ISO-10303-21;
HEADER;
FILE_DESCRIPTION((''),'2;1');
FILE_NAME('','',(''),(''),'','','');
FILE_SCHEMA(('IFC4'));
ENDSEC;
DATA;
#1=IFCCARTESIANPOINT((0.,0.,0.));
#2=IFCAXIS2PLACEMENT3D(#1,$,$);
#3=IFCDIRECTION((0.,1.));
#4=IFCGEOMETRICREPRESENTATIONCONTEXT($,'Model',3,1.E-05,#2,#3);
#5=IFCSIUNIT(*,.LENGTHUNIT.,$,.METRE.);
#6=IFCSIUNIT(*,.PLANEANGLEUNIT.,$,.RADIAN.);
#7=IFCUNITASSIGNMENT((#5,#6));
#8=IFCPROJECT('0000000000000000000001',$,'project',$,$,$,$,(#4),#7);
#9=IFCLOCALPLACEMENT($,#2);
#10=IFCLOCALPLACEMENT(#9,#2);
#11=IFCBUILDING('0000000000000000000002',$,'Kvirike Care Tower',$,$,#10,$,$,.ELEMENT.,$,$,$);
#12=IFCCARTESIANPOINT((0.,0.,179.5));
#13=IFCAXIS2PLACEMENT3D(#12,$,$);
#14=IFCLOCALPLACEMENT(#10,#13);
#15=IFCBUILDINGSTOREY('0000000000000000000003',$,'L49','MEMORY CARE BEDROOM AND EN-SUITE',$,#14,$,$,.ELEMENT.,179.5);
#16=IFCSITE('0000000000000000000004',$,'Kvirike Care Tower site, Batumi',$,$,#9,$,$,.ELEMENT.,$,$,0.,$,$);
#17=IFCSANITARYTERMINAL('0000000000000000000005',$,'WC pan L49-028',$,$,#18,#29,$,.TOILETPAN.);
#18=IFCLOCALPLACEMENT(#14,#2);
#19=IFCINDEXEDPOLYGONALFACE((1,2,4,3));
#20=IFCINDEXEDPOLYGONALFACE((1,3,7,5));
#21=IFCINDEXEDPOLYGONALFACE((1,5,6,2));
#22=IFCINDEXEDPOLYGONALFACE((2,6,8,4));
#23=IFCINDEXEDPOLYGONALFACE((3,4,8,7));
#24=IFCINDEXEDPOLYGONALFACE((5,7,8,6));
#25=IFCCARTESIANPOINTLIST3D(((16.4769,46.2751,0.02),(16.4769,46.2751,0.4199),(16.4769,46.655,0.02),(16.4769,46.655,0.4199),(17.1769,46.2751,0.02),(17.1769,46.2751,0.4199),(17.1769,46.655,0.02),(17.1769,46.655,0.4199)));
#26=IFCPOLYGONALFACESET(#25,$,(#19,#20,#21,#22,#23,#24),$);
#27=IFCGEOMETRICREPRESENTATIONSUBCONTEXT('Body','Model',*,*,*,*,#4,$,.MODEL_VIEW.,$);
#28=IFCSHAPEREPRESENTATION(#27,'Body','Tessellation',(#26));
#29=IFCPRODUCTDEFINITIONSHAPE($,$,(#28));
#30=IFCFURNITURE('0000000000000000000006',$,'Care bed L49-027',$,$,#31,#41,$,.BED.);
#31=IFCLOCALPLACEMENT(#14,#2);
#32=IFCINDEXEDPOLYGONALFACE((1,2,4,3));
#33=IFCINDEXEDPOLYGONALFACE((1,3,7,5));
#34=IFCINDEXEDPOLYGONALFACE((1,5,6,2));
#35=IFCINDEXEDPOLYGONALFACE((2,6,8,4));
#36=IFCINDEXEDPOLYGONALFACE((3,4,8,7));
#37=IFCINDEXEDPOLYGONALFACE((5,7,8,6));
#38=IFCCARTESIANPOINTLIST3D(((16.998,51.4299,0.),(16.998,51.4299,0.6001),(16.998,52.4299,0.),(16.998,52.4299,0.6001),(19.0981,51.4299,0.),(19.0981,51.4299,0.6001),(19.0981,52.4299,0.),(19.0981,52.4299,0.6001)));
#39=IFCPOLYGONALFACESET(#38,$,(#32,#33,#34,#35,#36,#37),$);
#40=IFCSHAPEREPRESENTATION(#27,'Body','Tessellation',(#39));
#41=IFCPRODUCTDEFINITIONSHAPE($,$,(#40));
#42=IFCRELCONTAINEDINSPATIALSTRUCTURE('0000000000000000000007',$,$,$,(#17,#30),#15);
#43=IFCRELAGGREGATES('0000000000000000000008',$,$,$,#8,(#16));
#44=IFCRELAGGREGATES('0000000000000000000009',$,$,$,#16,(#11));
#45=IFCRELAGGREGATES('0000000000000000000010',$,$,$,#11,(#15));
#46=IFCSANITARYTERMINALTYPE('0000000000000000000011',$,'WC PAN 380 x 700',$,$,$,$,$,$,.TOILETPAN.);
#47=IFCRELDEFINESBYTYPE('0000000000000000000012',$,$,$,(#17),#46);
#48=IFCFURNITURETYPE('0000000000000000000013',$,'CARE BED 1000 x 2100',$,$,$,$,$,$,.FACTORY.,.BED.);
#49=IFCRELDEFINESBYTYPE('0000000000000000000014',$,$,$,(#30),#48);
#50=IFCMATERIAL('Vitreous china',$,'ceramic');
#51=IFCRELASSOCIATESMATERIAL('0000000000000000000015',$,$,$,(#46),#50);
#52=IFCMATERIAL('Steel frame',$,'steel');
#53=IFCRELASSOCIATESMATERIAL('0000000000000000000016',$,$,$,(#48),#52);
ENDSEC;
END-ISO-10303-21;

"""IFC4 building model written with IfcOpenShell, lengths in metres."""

from ifc_helpers import new_model, si_unit, direction, frame, origin, origin_2d, place, context, subcontext, project, spatial, rectangle, extrude, material, type_object, element, save


model = new_model("IFC4")

# Units and contexts
model_context = context("Model", 3, precision=1e-05, world=origin(), true_north=direction((0.0, 1.0)))
body_context = subcontext(model_context, "Body", "Model", "MODEL_VIEW")
ifc_project = project(units=[si_unit("LENGTHUNIT", "METRE"), si_unit("PLANEANGLEUNIT", "RADIAN")], contexts=[model_context])

# Site, building, storey
site_placement = place(None, origin())
site = spatial("IfcSite", under=ifc_project, at=site_placement, Name="Kvirike Care Tower site, Batumi", CompositionType="ELEMENT", RefElevation=0.0)
building_placement = place(site_placement, origin())
building = spatial("IfcBuilding", under=site, at=building_placement, Name="Kvirike Care Tower", CompositionType="ELEMENT")
storey_placement = place(building_placement, frame((0.0, 0.0, 179.5)))
storey = spatial("IfcBuildingStorey", under=building, at=storey_placement, Name="L49", Description="MEMORY CARE BEDROOM AND EN-SUITE", CompositionType="ELEMENT", Elevation=179.5)

# Sanitary terminal
ifc_material_1 = material(Name="Vitreous china", Category="ceramic")
sanitary_terminal_type_1 = type_object("IfcSanitaryTerminalType", Name="WC PAN 380 x 700", PredefinedType="TOILETPAN", material=ifc_material_1)
sanitary_terminal_1_placement = place(storey_placement, frame((16.8269, 46.4651, 0.02), z_axis=(0.0, 0.0, 1.0), x_axis=(0.0, 1.0, 0.0)))
element("IfcSanitaryTerminal", 1, at=sanitary_terminal_1_placement, inside=storey, type_object=sanitary_terminal_type_1, Name="WC pan L49-028", PredefinedType="TOILETPAN", context=body_context, shape_type="SweptSolid", body=[
    extrude(rectangle(XDim=0.3799, YDim=0.7, at=origin_2d()), origin(), (0.0, 0.0, 1.0), 0.3999),
])

# Furniture
ifc_material_2 = material(Name="Steel frame", Category="steel")
furniture_type = type_object("IfcFurnitureType", Name="CARE BED 1000 x 2100", AssemblyPlace="FACTORY", PredefinedType="BED", material=ifc_material_2)
furniture_placement = place(storey_placement, frame((18.0481, 51.9299, 0.0), z_axis=(0.0, 0.0, 1.0), x_axis=(0.0, -1.0, 0.0)))
element("IfcFurniture", 2, at=furniture_placement, inside=storey, type_object=furniture_type, Name="Care bed L49-027", PredefinedType="BED", context=body_context, shape_type="SweptSolid", body=[
    extrude(rectangle(XDim=1.0, YDim=2.1001, at=origin_2d()), origin(), (0.0, 0.0, 1.0), 0.6001),
])

save(model, "model.ifc")
